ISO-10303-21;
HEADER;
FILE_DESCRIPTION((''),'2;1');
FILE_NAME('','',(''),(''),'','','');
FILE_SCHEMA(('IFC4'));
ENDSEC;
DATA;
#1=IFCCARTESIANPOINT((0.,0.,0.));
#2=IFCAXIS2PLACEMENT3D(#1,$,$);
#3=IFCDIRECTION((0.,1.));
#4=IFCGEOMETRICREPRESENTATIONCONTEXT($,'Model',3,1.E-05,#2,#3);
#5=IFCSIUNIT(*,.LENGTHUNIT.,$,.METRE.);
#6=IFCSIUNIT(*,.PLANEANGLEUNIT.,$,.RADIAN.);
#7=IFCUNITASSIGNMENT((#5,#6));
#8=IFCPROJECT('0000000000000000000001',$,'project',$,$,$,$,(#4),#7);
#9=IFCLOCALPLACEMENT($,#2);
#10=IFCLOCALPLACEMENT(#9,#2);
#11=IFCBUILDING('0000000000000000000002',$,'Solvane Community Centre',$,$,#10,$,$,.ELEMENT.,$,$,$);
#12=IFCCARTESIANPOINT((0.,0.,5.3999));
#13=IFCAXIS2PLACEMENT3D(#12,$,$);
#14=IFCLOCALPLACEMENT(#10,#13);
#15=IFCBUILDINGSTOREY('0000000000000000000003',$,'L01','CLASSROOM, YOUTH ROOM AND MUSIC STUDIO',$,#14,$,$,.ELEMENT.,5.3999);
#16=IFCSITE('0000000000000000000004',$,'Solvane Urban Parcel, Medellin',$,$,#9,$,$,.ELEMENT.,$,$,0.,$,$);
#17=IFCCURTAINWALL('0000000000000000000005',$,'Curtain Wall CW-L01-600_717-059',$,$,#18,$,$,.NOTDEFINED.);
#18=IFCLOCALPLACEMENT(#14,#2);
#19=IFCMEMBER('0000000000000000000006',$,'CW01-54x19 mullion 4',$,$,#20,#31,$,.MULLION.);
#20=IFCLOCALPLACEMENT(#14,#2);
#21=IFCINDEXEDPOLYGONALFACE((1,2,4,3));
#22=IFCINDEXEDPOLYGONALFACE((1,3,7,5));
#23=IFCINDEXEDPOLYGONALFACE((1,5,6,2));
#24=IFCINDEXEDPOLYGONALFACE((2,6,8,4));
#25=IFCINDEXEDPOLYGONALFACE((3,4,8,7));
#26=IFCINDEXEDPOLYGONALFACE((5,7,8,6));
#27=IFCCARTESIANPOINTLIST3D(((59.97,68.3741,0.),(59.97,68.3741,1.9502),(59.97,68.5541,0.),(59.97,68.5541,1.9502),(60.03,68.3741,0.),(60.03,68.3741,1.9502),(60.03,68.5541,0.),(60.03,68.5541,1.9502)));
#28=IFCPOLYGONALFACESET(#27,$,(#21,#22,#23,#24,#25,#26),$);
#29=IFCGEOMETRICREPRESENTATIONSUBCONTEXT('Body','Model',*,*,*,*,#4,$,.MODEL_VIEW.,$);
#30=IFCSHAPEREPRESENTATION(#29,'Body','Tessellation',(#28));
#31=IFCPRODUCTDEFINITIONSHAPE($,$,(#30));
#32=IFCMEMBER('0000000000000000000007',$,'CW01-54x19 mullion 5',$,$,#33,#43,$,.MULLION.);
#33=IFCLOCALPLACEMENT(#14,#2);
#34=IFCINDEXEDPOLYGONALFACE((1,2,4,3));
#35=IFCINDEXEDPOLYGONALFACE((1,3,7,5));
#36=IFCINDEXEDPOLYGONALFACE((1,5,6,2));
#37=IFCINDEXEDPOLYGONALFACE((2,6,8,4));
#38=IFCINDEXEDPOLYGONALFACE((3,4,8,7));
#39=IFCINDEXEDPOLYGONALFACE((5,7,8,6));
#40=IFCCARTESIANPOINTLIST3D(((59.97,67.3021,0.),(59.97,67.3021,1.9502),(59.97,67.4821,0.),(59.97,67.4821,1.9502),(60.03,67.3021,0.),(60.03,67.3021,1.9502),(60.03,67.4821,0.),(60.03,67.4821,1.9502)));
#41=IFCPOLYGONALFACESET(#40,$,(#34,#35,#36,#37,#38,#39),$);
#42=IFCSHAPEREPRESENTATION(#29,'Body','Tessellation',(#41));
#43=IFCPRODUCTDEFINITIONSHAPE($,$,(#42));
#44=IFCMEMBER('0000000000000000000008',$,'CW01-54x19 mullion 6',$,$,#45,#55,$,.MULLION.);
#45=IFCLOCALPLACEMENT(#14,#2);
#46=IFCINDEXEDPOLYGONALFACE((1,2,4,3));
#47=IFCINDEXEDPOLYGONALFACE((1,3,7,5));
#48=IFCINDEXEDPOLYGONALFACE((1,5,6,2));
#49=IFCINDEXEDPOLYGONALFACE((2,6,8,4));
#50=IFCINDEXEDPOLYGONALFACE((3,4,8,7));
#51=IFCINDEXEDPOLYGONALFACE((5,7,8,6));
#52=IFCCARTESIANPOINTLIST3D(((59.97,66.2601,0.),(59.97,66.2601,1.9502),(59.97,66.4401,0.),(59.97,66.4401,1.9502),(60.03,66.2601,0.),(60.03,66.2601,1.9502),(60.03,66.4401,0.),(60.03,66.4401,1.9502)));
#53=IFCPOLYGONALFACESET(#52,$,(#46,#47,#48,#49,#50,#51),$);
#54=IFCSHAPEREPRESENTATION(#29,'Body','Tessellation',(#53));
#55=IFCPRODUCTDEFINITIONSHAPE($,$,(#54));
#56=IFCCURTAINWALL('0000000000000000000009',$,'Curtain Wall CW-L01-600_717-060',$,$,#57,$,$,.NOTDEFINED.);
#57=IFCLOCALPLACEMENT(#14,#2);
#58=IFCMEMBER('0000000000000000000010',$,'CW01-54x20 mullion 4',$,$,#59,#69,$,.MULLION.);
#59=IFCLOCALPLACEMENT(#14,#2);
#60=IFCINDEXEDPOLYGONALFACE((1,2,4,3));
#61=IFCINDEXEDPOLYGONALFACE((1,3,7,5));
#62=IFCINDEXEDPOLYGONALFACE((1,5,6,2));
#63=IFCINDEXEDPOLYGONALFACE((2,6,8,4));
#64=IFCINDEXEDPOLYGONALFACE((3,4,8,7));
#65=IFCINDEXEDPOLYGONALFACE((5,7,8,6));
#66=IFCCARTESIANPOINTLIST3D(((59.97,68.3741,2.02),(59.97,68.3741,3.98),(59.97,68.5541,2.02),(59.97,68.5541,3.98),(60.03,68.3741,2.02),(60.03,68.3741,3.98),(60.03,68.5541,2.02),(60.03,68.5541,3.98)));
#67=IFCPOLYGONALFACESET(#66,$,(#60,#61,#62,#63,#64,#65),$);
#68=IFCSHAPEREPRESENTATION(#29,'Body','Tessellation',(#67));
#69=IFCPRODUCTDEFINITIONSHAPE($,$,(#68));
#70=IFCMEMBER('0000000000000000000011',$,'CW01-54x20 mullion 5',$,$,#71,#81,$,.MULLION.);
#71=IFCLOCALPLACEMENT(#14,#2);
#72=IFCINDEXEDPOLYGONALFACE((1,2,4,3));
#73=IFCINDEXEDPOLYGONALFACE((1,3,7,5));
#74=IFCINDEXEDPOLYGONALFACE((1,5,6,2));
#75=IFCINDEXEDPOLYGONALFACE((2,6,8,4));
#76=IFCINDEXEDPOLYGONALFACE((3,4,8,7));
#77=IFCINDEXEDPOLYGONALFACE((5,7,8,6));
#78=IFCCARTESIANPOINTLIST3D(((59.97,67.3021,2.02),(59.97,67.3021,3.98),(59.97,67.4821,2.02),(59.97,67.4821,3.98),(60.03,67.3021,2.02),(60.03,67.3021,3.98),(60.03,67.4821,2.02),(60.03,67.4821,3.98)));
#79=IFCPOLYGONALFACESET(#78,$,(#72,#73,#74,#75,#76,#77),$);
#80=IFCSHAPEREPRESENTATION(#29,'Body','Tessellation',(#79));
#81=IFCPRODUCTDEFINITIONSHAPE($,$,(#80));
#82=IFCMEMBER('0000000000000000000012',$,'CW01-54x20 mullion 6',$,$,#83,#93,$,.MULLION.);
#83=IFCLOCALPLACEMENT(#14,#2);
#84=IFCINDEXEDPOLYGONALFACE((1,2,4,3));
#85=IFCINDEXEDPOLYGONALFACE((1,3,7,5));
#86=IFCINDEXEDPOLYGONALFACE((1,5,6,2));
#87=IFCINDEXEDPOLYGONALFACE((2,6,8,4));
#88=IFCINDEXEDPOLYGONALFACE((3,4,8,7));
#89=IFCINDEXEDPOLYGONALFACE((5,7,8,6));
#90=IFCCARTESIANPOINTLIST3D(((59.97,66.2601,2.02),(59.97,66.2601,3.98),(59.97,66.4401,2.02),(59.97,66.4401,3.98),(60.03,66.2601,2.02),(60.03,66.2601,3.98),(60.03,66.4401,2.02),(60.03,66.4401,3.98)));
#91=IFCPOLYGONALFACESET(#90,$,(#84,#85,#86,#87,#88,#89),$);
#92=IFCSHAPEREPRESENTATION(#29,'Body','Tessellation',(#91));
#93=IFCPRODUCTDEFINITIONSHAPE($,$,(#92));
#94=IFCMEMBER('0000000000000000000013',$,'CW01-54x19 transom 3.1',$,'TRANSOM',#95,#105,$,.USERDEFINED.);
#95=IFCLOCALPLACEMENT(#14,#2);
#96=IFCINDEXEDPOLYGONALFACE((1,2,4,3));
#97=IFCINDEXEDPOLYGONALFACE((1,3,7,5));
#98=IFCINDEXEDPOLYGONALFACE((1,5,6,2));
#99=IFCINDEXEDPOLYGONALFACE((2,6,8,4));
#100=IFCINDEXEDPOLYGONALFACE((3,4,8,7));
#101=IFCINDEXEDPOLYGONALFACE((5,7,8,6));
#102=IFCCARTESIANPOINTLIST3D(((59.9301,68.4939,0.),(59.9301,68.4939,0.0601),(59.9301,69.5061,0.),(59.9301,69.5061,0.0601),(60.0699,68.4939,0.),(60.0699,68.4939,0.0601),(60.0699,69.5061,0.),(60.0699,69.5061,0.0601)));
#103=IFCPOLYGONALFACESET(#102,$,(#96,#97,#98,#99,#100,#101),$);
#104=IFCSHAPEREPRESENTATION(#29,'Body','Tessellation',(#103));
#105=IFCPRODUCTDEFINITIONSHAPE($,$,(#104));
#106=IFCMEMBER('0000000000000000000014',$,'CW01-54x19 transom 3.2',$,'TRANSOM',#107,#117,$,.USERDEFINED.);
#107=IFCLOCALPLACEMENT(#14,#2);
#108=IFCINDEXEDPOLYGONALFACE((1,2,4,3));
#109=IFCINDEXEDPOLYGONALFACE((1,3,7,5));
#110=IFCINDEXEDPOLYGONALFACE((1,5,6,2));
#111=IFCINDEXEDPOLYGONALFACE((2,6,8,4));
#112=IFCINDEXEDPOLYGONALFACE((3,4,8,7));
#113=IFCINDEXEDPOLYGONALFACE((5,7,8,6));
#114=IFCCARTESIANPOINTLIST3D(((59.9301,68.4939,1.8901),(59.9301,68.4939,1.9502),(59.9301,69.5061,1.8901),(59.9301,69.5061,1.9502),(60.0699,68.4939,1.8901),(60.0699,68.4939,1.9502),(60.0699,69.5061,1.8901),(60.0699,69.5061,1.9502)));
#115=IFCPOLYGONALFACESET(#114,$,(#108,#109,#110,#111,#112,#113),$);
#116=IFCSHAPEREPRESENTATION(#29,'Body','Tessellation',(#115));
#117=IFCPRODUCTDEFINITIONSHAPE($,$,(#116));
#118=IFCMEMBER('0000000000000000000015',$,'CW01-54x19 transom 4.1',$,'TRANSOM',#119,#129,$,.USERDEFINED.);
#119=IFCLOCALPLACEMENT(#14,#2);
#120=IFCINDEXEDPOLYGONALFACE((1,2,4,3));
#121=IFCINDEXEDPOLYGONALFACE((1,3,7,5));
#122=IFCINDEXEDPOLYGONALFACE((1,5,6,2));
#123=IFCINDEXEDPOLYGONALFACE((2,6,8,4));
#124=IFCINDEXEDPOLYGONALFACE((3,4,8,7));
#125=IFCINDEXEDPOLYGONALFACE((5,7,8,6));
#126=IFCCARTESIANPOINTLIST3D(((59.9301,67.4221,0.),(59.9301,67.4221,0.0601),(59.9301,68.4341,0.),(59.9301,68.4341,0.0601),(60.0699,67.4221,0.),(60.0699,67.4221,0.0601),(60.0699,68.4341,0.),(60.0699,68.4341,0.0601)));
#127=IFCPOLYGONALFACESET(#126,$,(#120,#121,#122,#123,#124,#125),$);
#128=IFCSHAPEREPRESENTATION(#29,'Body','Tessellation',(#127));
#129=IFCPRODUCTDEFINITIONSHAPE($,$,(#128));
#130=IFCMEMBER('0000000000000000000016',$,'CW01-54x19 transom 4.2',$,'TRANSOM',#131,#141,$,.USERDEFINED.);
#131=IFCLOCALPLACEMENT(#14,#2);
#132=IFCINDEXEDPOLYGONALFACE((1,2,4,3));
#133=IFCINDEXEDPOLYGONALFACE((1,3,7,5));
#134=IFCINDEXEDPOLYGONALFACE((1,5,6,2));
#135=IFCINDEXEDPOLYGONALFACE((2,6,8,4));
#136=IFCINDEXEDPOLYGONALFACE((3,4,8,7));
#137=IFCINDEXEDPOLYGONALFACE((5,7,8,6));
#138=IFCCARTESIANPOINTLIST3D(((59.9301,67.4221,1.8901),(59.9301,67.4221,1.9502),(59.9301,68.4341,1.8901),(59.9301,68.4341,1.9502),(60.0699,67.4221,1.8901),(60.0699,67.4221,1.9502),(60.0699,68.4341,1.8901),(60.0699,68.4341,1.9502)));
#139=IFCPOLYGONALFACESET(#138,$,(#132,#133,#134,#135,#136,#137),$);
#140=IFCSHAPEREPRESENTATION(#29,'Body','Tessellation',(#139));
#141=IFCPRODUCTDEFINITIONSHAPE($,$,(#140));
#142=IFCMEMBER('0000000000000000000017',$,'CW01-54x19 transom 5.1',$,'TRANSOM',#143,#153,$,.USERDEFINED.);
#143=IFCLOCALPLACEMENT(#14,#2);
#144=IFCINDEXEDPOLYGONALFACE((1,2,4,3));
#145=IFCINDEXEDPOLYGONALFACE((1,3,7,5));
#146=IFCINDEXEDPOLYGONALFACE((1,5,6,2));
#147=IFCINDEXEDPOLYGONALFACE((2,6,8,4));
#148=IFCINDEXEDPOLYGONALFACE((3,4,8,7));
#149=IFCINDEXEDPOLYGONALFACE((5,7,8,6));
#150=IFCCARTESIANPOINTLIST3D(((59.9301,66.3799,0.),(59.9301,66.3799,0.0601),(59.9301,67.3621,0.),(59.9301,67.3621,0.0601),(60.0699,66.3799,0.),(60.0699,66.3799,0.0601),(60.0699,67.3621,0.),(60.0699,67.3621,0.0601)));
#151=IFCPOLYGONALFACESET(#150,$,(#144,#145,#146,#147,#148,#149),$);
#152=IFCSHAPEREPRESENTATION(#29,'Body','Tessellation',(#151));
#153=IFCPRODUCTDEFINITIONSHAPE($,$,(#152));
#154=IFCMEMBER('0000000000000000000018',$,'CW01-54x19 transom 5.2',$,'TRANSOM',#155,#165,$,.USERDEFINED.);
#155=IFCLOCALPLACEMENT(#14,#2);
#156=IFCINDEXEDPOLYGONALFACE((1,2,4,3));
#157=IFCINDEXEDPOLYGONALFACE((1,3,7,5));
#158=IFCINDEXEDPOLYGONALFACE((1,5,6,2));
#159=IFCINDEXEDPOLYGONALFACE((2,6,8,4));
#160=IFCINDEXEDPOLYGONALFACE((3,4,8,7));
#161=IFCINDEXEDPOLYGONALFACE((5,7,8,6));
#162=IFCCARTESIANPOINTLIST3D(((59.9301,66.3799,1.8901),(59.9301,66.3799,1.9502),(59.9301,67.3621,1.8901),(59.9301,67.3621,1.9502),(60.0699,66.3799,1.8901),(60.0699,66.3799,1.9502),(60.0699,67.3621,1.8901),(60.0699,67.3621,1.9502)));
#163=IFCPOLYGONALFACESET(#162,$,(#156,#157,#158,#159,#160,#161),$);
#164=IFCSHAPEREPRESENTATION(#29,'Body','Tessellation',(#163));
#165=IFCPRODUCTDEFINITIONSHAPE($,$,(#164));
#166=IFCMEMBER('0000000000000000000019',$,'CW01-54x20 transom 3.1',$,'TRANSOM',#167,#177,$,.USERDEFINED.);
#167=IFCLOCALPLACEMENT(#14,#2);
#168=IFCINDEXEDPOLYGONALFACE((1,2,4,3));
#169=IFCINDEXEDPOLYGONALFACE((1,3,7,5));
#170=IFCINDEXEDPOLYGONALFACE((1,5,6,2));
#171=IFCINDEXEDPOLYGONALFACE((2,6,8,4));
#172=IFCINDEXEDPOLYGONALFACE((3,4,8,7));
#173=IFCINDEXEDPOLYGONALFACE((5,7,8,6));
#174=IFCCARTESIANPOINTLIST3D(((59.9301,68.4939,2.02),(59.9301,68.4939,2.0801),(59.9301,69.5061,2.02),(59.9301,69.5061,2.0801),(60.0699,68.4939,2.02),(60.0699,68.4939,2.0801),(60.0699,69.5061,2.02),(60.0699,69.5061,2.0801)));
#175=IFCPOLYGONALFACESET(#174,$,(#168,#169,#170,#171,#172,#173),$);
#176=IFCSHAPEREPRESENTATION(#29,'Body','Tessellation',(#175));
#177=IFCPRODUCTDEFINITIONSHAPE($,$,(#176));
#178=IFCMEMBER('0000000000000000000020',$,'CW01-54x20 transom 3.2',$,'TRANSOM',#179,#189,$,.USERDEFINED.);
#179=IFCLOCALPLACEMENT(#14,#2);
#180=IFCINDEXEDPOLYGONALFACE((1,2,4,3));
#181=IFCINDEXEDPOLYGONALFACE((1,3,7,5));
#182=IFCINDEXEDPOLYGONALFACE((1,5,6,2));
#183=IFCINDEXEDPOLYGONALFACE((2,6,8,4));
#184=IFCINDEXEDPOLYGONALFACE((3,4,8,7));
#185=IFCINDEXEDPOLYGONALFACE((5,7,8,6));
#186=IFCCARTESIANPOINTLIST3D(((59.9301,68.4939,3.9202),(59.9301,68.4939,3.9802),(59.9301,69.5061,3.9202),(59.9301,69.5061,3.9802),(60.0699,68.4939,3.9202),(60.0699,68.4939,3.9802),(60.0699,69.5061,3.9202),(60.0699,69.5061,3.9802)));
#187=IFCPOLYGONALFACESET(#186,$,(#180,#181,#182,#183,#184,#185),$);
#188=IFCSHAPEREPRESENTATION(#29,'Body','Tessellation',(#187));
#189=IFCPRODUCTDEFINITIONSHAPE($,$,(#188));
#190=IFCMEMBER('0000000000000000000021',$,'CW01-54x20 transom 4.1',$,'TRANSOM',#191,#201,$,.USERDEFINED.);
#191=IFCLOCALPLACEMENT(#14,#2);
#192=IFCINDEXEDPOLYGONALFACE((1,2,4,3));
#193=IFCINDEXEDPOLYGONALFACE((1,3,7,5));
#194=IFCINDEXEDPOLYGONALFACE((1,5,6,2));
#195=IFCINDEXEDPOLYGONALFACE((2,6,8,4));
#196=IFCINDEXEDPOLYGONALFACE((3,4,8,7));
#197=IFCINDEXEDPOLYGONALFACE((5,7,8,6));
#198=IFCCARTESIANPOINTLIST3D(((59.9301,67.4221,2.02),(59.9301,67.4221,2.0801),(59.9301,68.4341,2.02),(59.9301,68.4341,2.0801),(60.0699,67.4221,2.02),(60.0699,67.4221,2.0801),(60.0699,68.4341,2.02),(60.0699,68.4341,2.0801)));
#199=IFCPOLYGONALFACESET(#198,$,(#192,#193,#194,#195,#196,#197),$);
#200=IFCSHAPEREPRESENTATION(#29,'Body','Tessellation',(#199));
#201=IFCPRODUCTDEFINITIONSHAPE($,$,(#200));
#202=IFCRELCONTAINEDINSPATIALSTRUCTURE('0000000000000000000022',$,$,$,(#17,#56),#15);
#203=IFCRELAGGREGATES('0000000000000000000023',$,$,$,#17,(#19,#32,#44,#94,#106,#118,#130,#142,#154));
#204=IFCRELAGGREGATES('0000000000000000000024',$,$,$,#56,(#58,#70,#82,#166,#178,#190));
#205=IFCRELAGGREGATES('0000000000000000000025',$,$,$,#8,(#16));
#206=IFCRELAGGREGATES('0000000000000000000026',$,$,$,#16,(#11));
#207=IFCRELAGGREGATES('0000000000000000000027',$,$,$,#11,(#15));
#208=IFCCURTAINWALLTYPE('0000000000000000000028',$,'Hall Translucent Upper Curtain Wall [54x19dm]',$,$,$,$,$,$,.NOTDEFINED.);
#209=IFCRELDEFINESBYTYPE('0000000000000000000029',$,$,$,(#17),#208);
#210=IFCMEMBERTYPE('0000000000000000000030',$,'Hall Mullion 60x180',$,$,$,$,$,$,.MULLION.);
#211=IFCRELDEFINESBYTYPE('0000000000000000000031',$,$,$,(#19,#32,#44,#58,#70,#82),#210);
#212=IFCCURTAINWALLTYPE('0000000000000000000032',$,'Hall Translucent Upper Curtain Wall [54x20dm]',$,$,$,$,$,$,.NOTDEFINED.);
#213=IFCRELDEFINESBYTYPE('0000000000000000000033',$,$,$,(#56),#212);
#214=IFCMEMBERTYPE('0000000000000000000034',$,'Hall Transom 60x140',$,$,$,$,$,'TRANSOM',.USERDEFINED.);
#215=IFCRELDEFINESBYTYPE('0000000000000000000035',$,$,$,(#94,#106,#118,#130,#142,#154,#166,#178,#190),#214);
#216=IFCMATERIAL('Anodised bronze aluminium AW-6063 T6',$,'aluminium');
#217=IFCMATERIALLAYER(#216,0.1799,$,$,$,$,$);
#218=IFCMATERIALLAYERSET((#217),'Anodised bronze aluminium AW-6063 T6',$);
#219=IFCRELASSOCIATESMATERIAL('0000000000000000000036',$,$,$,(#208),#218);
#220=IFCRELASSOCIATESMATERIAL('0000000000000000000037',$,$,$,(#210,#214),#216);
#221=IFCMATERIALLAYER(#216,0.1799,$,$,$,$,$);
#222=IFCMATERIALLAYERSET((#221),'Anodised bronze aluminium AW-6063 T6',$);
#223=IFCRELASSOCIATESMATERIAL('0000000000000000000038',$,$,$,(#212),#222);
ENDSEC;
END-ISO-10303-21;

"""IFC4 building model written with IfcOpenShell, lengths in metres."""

from ifc_helpers import new_model, si_unit, direction, frame, origin, origin_2d, place, context, subcontext, project, spatial, rectangle, extrude, material, layer, layer_set, material_profile, profile_set, type_object, element, aggregate, save


model = new_model("IFC4")

# Units and contexts
model_context = context("Model", 3, precision=1e-05, world=origin(), true_north=direction((0.0, 1.0)))
body_context = subcontext(model_context, "Body", "Model", "MODEL_VIEW")
ifc_project = project(units=[si_unit("LENGTHUNIT", "METRE"), si_unit("PLANEANGLEUNIT", "RADIAN")], contexts=[model_context])

# Site, building, storey
site_placement = place(None, origin())
site = spatial("IfcSite", under=ifc_project, at=site_placement, Name="Solvane Urban Parcel, Medellin", CompositionType="ELEMENT", RefElevation=0.0)
building_placement = place(site_placement, origin())
building = spatial("IfcBuilding", under=site, at=building_placement, Name="Solvane Community Centre", CompositionType="ELEMENT")
storey_placement = place(building_placement, frame((0.0, 0.0, 5.3999)))
storey = spatial("IfcBuildingStorey", under=building, at=storey_placement, Name="L01", Description="CLASSROOM, YOUTH ROOM AND MUSIC STUDIO", CompositionType="ELEMENT", Elevation=5.3999)

# Curtain walls, members
ifc_material_1 = material(Name="Anodised bronze aluminium AW-6063 T6", Category="aluminium")
ifc_layer_1 = layer(ifc_material_1, 0.1799)
ifc_layer_set_1 = layer_set([ifc_layer_1], Name="Anodised bronze aluminium AW-6063 T6")
curtain_wall_type_1 = type_object("IfcCurtainWallType", Name="Hall Translucent Upper Curtain Wall [54x19dm]", PredefinedType="NOTDEFINED", material=ifc_layer_set_1)
curtain_wall_1_placement = place(storey_placement, origin())
curtain_wall_1 = element("IfcCurtainWall", 1, at=curtain_wall_1_placement, inside=storey, type_object=curtain_wall_type_1, Name="Curtain Wall CW-L01-600_717-059", PredefinedType="NOTDEFINED")
ifc_material_profile_1 = material_profile(ifc_material_1, rectangle(XDim=0.0601, YDim=0.1799, at=origin_2d()), Name="CW-M 60x180")
ifc_profile_set_1 = profile_set([ifc_material_profile_1], Name="Anodised bronze aluminium AW-6063 T6")
member_type_1 = type_object("IfcMemberType", Name="Hall Mullion 60x180", PredefinedType="MULLION", material=ifc_profile_set_1)
member_1_placement = place(storey_placement, frame((60.0, 68.4641, 0.0), z_axis=(0.0, 0.0, 1.0), x_axis=(1.0, 0.0, 0.0)))
member_1 = element("IfcMember", 2, at=member_1_placement, type_object=member_type_1, Name="CW01-54x19 mullion 4", PredefinedType="MULLION", context=body_context, shape_type="SweptSolid", body=[
    extrude(rectangle(XDim=0.0601, YDim=0.1799, at=origin_2d()), origin(), (0.0, 0.0, 1.0), 1.9502),
])
member_2_placement = place(storey_placement, frame((60.0, 67.3921, 0.0), z_axis=(0.0, 0.0, 1.0), x_axis=(1.0, 0.0, 0.0)))
member_2 = element("IfcMember", 3, at=member_2_placement, type_object=member_type_1, Name="CW01-54x19 mullion 5", PredefinedType="MULLION", context=body_context, shape_type="SweptSolid", body=[
    extrude(rectangle(XDim=0.0601, YDim=0.1799, at=origin_2d()), origin(), (0.0, 0.0, 1.0), 1.9502),
])
member_3_placement = place(storey_placement, frame((60.0, 66.3501, 0.0), z_axis=(0.0, 0.0, 1.0), x_axis=(1.0, 0.0, 0.0)))
member_3 = element("IfcMember", 4, at=member_3_placement, type_object=member_type_1, Name="CW01-54x19 mullion 6", PredefinedType="MULLION", context=body_context, shape_type="SweptSolid", body=[
    extrude(rectangle(XDim=0.0601, YDim=0.1799, at=origin_2d()), origin(), (0.0, 0.0, 1.0), 1.9502),
])
ifc_layer_2 = layer(ifc_material_1, 0.1799)
ifc_layer_set_2 = layer_set([ifc_layer_2], Name="Anodised bronze aluminium AW-6063 T6")
curtain_wall_type_2 = type_object("IfcCurtainWallType", Name="Hall Translucent Upper Curtain Wall [54x20dm]", PredefinedType="NOTDEFINED", material=ifc_layer_set_2)
curtain_wall_2_placement = place(storey_placement, origin())
curtain_wall_2 = element("IfcCurtainWall", 5, at=curtain_wall_2_placement, inside=storey, type_object=curtain_wall_type_2, Name="Curtain Wall CW-L01-600_717-060", PredefinedType="NOTDEFINED")
member_4_placement = place(storey_placement, frame((60.0, 68.4641, 2.02), z_axis=(0.0, 0.0, 1.0), x_axis=(1.0, 0.0, 0.0)))
member_4 = element("IfcMember", 6, at=member_4_placement, type_object=member_type_1, Name="CW01-54x20 mullion 4", PredefinedType="MULLION", context=body_context, shape_type="SweptSolid", body=[
    extrude(rectangle(XDim=0.0601, YDim=0.1799, at=origin_2d()), origin(), (0.0, 0.0, 1.0), 1.96),
])
member_5_placement = place(storey_placement, frame((60.0, 67.3921, 2.02), z_axis=(0.0, 0.0, 1.0), x_axis=(1.0, 0.0, 0.0)))
member_5 = element("IfcMember", 7, at=member_5_placement, type_object=member_type_1, Name="CW01-54x20 mullion 5", PredefinedType="MULLION", context=body_context, shape_type="SweptSolid", body=[
    extrude(rectangle(XDim=0.0601, YDim=0.1799, at=origin_2d()), origin(), (0.0, 0.0, 1.0), 1.96),
])
member_6_placement = place(storey_placement, frame((60.0, 66.3501, 2.02), z_axis=(0.0, 0.0, 1.0), x_axis=(1.0, 0.0, 0.0)))
member_6 = element("IfcMember", 8, at=member_6_placement, type_object=member_type_1, Name="CW01-54x20 mullion 6", PredefinedType="MULLION", context=body_context, shape_type="SweptSolid", body=[
    extrude(rectangle(XDim=0.0601, YDim=0.1799, at=origin_2d()), origin(), (0.0, 0.0, 1.0), 1.96),
])

# Members
ifc_material_profile_2 = material_profile(ifc_material_1, rectangle(XDim=0.1399, YDim=0.0601, at=origin_2d()), Name="CW-T 60x140")
ifc_profile_set_2 = profile_set([ifc_material_profile_2], Name="Anodised bronze aluminium AW-6063 T6")
member_type_2 = type_object("IfcMemberType", Name="Hall Transom 60x140", ElementType="TRANSOM", PredefinedType="USERDEFINED", material=ifc_profile_set_2)
member_7_placement = place(storey_placement, frame((60.0, 69.5061, 0.03), z_axis=(0.0, -1.0, 0.0), x_axis=(1.0, 0.0, 0.0)))
member_7 = element("IfcMember", 9, at=member_7_placement, type_object=member_type_2, Name="CW01-54x19 transom 3.1", ObjectType="TRANSOM", PredefinedType="USERDEFINED", context=body_context, shape_type="SweptSolid", body=[
    extrude(rectangle(XDim=0.1399, YDim=0.0601, at=origin_2d()), origin(), (0.0, 0.0, 1.0), 1.0122),
])
member_8_placement = place(storey_placement, frame((60.0, 69.5061, 1.9202), z_axis=(0.0, -1.0, 0.0), x_axis=(1.0, 0.0, 0.0)))
member_8 = element("IfcMember", 10, at=member_8_placement, type_object=member_type_2, Name="CW01-54x19 transom 3.2", ObjectType="TRANSOM", PredefinedType="USERDEFINED", context=body_context, shape_type="SweptSolid", body=[
    extrude(rectangle(XDim=0.1399, YDim=0.0601, at=origin_2d()), origin(), (0.0, 0.0, 1.0), 1.0122),
])
member_9_placement = place(storey_placement, frame((60.0, 68.4341, 0.03), z_axis=(0.0, -1.0, 0.0), x_axis=(1.0, 0.0, 0.0)))
member_9 = element("IfcMember", 11, at=member_9_placement, type_object=member_type_2, Name="CW01-54x19 transom 4.1", ObjectType="TRANSOM", PredefinedType="USERDEFINED", context=body_context, shape_type="SweptSolid", body=[
    extrude(rectangle(XDim=0.1399, YDim=0.0601, at=origin_2d()), origin(), (0.0, 0.0, 1.0), 1.012),
])
member_10_placement = place(storey_placement, frame((60.0, 68.4341, 1.9202), z_axis=(0.0, -1.0, 0.0), x_axis=(1.0, 0.0, 0.0)))
member_10 = element("IfcMember", 12, at=member_10_placement, type_object=member_type_2, Name="CW01-54x19 transom 4.2", ObjectType="TRANSOM", PredefinedType="USERDEFINED", context=body_context, shape_type="SweptSolid", body=[
    extrude(rectangle(XDim=0.1399, YDim=0.0601, at=origin_2d()), origin(), (0.0, 0.0, 1.0), 1.012),
])
member_11_placement = place(storey_placement, frame((60.0, 67.3621, 0.03), z_axis=(0.0, -1.0, 0.0), x_axis=(1.0, 0.0, 0.0)))
member_11 = element("IfcMember", 13, at=member_11_placement, type_object=member_type_2, Name="CW01-54x19 transom 5.1", ObjectType="TRANSOM", PredefinedType="USERDEFINED", context=body_context, shape_type="SweptSolid", body=[
    extrude(rectangle(XDim=0.1399, YDim=0.0601, at=origin_2d()), origin(), (0.0, 0.0, 1.0), 0.9822),
])
member_12_placement = place(storey_placement, frame((60.0, 67.3621, 1.9202), z_axis=(0.0, -1.0, 0.0), x_axis=(1.0, 0.0, 0.0)))
member_12 = element("IfcMember", 14, at=member_12_placement, type_object=member_type_2, Name="CW01-54x19 transom 5.2", ObjectType="TRANSOM", PredefinedType="USERDEFINED", context=body_context, shape_type="SweptSolid", body=[
    extrude(rectangle(XDim=0.1399, YDim=0.0601, at=origin_2d()), origin(), (0.0, 0.0, 1.0), 0.9822),
])
member_13_placement = place(storey_placement, frame((60.0, 69.5061, 2.05), z_axis=(0.0, -1.0, 0.0), x_axis=(1.0, 0.0, 0.0)))
member_13 = element("IfcMember", 15, at=member_13_placement, type_object=member_type_2, Name="CW01-54x20 transom 3.1", ObjectType="TRANSOM", PredefinedType="USERDEFINED", context=body_context, shape_type="SweptSolid", body=[
    extrude(rectangle(XDim=0.1399, YDim=0.0601, at=origin_2d()), origin(), (0.0, 0.0, 1.0), 1.0122),
])
member_14_placement = place(storey_placement, frame((60.0, 69.5061, 3.9502), z_axis=(0.0, -1.0, 0.0), x_axis=(1.0, 0.0, 0.0)))
member_14 = element("IfcMember", 16, at=member_14_placement, type_object=member_type_2, Name="CW01-54x20 transom 3.2", ObjectType="TRANSOM", PredefinedType="USERDEFINED", context=body_context, shape_type="SweptSolid", body=[
    extrude(rectangle(XDim=0.1399, YDim=0.0601, at=origin_2d()), origin(), (0.0, 0.0, 1.0), 1.0122),
])
member_15_placement = place(storey_placement, frame((60.0, 68.4341, 2.05), z_axis=(0.0, -1.0, 0.0), x_axis=(1.0, 0.0, 0.0)))
member_15 = element("IfcMember", 17, at=member_15_placement, type_object=member_type_2, Name="CW01-54x20 transom 4.1", ObjectType="TRANSOM", PredefinedType="USERDEFINED", context=body_context, shape_type="SweptSolid", body=[
    extrude(rectangle(XDim=0.1399, YDim=0.0601, at=origin_2d()), origin(), (0.0, 0.0, 1.0), 1.012),
])

aggregate(curtain_wall_1, [member_1, member_2, member_3, member_7, member_8, member_9, member_10, member_11, member_12])
aggregate(curtain_wall_2, [member_4, member_5, member_6, member_13, member_14, member_15])

save(model, "model.ifc")
